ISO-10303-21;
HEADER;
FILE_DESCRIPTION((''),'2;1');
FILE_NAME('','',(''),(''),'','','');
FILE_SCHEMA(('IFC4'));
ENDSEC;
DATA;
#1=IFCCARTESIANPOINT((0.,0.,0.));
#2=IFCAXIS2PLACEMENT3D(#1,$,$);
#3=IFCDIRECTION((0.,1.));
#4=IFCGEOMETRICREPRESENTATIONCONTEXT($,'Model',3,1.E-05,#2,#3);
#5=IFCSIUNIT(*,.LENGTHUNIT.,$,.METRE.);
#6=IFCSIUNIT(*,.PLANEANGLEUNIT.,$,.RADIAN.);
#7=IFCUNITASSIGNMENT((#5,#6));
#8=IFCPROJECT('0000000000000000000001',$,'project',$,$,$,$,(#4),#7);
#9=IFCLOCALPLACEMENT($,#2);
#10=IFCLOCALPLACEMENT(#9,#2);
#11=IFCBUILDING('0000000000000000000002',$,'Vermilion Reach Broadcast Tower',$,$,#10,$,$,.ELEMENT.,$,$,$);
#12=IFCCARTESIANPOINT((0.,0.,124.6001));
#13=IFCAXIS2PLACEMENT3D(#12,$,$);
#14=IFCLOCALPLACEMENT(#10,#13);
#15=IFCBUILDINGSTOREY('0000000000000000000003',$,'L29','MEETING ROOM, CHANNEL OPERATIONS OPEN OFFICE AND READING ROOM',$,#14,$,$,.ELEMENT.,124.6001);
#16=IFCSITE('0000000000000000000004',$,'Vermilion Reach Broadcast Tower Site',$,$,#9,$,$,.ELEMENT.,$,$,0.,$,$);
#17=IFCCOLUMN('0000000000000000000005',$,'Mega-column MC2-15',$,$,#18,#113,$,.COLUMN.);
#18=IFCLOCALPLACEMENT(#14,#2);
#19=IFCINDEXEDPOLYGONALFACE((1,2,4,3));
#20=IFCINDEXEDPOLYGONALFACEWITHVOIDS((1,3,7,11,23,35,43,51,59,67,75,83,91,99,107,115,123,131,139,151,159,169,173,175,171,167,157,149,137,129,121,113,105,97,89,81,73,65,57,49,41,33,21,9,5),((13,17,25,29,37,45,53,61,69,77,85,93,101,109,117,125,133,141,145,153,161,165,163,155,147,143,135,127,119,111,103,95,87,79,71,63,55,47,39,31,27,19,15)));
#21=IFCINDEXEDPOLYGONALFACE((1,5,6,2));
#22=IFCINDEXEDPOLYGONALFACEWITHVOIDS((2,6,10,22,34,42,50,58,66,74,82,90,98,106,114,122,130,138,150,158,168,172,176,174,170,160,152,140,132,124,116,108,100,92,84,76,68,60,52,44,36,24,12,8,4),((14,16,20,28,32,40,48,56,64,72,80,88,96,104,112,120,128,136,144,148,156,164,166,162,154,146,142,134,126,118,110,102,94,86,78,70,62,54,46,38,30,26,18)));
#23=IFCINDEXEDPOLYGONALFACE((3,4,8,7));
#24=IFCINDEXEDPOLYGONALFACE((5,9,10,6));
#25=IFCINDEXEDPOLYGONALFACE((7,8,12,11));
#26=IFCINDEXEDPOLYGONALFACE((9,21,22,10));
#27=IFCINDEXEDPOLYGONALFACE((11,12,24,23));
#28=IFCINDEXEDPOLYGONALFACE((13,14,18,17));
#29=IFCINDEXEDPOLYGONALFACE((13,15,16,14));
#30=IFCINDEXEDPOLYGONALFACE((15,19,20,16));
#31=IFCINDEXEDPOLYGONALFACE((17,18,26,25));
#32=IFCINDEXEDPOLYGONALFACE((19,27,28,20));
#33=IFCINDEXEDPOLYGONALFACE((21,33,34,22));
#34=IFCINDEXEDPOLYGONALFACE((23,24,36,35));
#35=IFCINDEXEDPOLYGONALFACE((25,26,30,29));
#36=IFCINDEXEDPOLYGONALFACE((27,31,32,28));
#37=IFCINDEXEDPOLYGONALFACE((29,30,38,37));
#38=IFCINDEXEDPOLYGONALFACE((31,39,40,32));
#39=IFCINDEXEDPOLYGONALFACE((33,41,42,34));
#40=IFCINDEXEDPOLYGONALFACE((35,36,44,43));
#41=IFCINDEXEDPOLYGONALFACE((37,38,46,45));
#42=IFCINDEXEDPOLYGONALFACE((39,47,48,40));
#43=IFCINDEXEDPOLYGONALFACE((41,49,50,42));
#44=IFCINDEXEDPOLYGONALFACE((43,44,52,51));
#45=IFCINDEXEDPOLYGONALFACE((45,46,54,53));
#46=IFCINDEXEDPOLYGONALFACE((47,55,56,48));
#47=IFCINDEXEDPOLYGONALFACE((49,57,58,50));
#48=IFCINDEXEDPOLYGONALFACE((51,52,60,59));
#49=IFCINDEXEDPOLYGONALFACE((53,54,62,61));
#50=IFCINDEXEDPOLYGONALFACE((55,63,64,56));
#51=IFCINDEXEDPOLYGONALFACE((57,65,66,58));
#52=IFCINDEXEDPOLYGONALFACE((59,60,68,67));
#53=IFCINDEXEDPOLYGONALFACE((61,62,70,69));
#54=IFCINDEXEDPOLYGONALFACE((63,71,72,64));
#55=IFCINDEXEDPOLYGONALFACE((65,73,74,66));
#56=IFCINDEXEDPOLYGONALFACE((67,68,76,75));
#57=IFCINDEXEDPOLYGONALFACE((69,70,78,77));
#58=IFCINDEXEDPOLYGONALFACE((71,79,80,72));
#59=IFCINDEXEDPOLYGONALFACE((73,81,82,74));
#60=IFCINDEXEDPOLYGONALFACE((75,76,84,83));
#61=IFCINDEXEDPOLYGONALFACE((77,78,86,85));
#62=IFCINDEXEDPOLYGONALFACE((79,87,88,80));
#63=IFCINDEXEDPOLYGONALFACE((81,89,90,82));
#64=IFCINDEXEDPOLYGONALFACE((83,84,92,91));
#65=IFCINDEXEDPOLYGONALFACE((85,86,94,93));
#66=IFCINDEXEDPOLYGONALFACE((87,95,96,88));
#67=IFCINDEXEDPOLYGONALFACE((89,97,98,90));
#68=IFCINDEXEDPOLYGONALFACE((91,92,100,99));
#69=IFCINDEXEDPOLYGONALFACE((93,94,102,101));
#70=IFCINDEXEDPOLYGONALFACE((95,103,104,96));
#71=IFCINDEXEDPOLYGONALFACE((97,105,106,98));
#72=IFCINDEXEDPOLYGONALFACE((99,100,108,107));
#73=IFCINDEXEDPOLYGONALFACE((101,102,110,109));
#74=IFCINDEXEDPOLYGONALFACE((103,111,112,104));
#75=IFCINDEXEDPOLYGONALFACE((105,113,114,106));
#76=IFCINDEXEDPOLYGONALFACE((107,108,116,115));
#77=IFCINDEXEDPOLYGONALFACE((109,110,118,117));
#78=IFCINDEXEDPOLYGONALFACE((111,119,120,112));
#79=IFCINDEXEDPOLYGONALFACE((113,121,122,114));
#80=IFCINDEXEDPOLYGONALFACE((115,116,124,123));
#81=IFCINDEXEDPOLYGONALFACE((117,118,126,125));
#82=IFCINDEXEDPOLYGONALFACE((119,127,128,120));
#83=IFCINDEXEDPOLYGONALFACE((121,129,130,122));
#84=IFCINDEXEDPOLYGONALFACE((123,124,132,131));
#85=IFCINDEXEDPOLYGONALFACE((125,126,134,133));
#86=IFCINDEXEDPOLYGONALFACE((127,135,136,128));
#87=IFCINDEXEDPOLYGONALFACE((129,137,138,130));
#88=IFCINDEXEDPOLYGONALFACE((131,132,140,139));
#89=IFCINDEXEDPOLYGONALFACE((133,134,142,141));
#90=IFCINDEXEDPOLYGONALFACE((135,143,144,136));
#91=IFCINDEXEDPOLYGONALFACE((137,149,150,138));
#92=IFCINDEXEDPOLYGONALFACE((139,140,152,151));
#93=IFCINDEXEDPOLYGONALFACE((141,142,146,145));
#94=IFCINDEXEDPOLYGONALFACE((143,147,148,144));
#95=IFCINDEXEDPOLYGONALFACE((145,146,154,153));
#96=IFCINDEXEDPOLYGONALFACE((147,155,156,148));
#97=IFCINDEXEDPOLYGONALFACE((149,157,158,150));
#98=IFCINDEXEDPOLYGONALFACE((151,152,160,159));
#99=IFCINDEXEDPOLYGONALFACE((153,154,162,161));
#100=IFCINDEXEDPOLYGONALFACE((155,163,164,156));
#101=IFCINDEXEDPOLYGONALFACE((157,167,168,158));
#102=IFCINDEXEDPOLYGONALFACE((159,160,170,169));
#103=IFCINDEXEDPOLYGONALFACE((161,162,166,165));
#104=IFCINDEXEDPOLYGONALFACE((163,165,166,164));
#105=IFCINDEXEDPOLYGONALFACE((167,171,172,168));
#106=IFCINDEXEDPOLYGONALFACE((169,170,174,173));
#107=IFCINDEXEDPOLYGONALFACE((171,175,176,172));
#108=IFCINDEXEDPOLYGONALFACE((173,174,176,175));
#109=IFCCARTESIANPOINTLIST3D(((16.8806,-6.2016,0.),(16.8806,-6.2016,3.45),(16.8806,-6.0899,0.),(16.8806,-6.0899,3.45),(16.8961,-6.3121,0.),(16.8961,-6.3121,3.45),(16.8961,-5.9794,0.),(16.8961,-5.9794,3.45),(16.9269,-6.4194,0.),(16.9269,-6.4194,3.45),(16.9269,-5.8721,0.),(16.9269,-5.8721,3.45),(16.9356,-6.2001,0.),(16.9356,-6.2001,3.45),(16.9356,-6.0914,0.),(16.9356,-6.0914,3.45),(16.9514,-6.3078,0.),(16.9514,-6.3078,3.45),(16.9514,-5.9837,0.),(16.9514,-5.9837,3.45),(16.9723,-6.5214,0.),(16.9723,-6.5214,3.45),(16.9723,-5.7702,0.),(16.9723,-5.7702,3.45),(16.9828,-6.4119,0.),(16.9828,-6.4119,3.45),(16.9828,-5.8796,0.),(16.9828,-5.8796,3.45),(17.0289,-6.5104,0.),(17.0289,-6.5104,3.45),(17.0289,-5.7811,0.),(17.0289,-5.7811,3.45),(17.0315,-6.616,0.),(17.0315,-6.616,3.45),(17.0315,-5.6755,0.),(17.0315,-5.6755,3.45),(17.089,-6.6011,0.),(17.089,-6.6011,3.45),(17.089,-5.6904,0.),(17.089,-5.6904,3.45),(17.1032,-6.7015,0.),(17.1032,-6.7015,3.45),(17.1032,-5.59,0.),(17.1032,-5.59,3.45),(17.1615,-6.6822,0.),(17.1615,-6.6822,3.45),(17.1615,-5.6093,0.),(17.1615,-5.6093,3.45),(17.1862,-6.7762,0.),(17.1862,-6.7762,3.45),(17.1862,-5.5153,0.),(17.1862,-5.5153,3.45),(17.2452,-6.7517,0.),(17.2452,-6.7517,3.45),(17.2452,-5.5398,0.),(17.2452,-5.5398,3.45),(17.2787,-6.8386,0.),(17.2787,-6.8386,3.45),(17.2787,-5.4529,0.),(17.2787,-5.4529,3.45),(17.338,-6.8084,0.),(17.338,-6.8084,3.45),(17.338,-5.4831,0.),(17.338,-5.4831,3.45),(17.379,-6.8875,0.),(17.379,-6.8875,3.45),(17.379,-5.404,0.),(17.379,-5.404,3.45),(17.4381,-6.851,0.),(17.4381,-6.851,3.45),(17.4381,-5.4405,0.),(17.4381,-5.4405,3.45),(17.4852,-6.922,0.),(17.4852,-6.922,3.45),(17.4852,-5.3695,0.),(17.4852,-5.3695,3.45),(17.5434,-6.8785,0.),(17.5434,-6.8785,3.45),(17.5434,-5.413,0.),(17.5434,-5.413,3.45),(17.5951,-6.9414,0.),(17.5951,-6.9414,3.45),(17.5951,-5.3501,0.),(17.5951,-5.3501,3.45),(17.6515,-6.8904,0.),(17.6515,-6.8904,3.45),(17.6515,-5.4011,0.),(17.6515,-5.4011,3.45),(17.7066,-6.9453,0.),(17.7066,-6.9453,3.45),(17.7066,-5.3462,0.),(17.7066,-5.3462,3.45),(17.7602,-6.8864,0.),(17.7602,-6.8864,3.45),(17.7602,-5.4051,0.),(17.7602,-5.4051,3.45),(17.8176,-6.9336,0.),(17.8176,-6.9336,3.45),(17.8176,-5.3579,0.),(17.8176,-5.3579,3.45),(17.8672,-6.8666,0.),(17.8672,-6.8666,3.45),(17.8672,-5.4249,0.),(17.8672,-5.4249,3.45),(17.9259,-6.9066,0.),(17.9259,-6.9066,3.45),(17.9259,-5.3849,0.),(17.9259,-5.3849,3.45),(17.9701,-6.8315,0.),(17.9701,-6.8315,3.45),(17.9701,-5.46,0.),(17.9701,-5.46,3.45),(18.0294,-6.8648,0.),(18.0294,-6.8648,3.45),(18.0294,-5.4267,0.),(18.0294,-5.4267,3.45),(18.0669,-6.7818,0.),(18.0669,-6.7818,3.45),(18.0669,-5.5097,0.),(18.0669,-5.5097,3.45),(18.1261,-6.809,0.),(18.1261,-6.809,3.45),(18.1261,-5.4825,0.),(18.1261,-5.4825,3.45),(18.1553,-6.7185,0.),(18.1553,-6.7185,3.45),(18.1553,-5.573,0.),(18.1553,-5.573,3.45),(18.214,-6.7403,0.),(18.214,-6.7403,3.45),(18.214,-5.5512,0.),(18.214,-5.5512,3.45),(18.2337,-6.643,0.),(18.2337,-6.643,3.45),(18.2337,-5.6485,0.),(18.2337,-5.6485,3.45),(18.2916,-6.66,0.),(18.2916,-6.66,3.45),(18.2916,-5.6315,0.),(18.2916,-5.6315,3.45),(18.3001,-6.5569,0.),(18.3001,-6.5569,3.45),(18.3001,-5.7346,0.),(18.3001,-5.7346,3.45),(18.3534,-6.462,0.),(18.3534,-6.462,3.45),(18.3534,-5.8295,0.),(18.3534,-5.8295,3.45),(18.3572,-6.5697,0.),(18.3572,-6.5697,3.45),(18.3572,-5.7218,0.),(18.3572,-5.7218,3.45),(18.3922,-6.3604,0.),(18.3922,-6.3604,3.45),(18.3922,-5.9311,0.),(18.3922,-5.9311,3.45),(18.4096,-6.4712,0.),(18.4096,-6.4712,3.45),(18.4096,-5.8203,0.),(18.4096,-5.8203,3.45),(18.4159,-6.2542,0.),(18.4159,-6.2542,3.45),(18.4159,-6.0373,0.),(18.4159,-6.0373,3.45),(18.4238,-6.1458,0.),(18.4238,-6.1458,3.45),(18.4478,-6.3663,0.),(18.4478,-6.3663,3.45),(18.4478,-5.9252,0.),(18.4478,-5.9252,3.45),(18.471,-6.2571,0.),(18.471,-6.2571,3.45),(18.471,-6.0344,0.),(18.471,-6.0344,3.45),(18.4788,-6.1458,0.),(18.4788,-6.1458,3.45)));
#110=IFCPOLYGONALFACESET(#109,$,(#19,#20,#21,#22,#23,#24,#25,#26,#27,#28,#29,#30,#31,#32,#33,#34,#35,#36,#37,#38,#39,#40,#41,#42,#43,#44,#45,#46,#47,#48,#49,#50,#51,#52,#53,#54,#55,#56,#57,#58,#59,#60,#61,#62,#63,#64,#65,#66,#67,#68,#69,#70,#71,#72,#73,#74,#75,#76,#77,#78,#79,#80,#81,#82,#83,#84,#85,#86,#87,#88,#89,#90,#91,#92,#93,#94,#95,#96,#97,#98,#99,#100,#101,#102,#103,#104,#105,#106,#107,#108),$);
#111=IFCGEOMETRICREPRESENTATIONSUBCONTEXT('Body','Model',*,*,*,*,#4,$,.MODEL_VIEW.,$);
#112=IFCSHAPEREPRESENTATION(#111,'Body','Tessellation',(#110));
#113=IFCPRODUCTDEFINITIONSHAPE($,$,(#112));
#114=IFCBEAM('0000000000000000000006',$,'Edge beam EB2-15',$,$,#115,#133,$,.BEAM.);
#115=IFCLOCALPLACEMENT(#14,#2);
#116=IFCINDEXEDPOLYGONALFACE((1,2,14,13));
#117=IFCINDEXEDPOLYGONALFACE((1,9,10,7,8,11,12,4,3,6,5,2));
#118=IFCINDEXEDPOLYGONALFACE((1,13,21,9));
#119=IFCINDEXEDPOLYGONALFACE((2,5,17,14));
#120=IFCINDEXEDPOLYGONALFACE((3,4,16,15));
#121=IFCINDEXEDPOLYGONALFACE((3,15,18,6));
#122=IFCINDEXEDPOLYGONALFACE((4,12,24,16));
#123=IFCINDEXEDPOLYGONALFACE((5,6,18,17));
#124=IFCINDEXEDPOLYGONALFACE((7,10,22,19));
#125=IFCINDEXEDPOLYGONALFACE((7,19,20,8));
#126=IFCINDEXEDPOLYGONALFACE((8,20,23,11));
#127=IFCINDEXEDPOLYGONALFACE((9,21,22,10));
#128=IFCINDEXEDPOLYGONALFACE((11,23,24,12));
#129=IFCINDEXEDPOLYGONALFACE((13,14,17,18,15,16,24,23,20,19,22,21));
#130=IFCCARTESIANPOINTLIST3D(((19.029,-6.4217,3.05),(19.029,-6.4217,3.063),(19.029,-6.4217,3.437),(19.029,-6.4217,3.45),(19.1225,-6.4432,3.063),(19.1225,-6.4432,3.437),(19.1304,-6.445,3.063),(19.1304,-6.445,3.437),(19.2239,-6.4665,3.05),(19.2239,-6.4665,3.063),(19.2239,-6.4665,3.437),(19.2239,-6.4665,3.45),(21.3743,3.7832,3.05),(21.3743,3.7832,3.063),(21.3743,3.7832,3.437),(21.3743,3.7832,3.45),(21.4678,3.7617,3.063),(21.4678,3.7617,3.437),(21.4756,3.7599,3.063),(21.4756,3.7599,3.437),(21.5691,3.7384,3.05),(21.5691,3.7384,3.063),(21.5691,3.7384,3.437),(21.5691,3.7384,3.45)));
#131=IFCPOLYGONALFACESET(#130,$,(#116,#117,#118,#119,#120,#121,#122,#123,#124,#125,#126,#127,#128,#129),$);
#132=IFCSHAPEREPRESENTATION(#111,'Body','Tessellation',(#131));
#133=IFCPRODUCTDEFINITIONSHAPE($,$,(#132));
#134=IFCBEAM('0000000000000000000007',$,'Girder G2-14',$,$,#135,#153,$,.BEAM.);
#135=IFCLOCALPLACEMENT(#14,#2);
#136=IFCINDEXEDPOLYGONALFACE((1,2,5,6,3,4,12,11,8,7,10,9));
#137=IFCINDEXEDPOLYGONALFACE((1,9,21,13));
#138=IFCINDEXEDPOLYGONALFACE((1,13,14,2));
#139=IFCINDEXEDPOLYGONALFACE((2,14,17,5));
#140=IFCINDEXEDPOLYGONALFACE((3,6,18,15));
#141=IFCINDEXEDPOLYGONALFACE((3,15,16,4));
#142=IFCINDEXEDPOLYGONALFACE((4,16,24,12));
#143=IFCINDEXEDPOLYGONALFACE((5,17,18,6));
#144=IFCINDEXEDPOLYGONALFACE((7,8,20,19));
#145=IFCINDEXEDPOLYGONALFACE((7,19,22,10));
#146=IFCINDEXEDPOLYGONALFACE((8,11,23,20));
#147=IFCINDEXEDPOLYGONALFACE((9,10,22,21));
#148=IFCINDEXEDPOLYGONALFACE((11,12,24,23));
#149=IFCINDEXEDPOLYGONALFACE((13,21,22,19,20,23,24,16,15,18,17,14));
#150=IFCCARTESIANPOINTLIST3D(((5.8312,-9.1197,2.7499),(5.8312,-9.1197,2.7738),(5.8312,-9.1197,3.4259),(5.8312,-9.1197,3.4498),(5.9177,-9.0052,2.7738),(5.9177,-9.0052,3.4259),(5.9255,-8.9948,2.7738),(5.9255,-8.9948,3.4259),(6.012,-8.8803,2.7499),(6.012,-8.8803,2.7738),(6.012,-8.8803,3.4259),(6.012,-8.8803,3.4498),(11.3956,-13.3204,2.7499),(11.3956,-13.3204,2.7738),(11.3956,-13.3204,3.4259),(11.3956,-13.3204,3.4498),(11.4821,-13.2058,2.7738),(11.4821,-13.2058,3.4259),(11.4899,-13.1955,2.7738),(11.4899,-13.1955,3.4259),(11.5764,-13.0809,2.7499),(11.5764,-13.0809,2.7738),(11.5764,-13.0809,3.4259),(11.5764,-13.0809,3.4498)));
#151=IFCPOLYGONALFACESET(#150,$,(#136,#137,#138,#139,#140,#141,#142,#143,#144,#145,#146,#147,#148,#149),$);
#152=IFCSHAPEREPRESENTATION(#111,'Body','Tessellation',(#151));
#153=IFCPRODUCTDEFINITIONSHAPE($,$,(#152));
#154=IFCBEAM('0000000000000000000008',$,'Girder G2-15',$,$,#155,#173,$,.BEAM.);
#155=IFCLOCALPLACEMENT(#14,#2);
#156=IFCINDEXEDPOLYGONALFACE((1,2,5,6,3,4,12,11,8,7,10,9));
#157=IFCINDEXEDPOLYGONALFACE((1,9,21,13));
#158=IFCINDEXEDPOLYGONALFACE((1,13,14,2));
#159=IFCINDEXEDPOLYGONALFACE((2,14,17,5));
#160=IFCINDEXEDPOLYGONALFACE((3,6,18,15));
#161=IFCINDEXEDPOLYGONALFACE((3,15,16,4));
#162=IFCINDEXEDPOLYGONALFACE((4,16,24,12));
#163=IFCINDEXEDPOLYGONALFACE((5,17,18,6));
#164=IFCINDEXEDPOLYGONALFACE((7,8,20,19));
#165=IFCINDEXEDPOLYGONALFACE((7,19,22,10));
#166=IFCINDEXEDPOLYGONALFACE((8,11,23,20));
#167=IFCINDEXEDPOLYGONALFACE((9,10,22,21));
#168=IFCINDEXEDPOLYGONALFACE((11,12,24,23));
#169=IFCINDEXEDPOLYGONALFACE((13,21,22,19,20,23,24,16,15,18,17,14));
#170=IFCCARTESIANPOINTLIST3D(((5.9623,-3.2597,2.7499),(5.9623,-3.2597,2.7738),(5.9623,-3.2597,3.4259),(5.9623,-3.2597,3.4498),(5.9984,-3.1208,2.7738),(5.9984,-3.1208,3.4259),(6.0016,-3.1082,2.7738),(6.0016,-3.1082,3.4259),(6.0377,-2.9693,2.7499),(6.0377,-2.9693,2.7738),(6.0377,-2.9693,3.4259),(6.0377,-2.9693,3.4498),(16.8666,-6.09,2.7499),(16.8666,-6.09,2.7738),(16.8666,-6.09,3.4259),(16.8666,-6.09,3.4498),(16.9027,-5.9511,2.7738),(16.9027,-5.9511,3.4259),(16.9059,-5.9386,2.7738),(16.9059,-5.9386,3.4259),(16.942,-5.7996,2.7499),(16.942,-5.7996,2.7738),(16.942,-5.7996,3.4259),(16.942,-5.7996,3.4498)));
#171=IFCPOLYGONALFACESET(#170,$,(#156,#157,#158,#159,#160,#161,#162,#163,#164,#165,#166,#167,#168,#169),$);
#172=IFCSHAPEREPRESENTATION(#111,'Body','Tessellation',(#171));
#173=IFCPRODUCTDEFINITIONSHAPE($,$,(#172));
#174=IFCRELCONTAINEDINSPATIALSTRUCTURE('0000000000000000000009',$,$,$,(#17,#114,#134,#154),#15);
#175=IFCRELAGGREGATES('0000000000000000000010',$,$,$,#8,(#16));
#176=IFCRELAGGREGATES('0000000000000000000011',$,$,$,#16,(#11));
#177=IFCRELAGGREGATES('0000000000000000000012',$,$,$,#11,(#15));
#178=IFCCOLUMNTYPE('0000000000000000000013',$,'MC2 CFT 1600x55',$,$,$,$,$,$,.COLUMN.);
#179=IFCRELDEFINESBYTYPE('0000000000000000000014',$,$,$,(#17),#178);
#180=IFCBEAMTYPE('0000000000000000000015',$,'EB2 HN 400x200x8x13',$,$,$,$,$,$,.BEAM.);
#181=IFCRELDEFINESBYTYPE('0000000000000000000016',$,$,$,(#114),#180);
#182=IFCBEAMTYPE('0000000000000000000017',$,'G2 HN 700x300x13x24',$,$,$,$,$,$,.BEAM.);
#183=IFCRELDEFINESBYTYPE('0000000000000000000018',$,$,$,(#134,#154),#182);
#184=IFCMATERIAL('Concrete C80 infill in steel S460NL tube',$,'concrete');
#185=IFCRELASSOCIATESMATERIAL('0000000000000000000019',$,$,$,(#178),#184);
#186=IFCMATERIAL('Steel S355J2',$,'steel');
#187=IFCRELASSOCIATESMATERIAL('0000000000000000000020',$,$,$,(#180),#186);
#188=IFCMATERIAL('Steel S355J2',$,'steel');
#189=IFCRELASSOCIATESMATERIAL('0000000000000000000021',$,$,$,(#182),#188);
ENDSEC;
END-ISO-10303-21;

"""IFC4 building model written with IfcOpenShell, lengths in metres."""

from ifc_helpers import new_model, si_unit, direction, frame, origin, origin_2d, place, context, subcontext, project, spatial, hollow_circle, i_section, extrude, material, material_profile, profile_set, type_object, element, save


model = new_model("IFC4")

# Units and contexts
model_context = context("Model", 3, precision=1e-05, world=origin(), true_north=direction((0.0, 1.0)))
body_context = subcontext(model_context, "Body", "Model", "MODEL_VIEW")
ifc_project = project(units=[si_unit("LENGTHUNIT", "METRE"), si_unit("PLANEANGLEUNIT", "RADIAN")], contexts=[model_context])

# Site, building, storey
site_placement = place(None, origin())
site = spatial("IfcSite", under=ifc_project, at=site_placement, Name="Vermilion Reach Broadcast Tower Site", CompositionType="ELEMENT", RefElevation=0.0)
building_placement = place(site_placement, origin())
building = spatial("IfcBuilding", under=site, at=building_placement, Name="Vermilion Reach Broadcast Tower", CompositionType="ELEMENT")
storey_placement = place(building_placement, frame((0.0, 0.0, 124.6001)))
storey = spatial("IfcBuildingStorey", under=building, at=storey_placement, Name="L29", Description="MEETING ROOM, CHANNEL OPERATIONS OPEN OFFICE AND READING ROOM", CompositionType="ELEMENT", Elevation=124.6001)

# Column
ifc_material_1 = material(Name="Concrete C80 infill in steel S460NL tube", Category="concrete")
ifc_material_profile_1 = material_profile(ifc_material_1, hollow_circle(Radius=0.8, WallThickness=0.0549, at=origin_2d()), Name="Concrete C80 infill in steel S460NL tube CFT 1600x55")
ifc_profile_set_1 = profile_set([ifc_material_profile_1], Name="Concrete C80 infill in steel S460NL tube")
column_type = type_object("IfcColumnType", Name="MC2 CFT 1600x55", PredefinedType="COLUMN", material=ifc_profile_set_1)
column_placement = place(storey_placement, frame((17.6787, -6.1458, 0.0), z_axis=(0.0, 0.0, 1.0), x_axis=(1.0, 0.0, 0.0)))
element("IfcColumn", 1, at=column_placement, inside=storey, type_object=column_type, Name="Mega-column MC2-15", PredefinedType="COLUMN", context=body_context, shape_type="SweptSolid", body=[
    extrude(hollow_circle(Radius=0.8, WallThickness=0.0549, at=origin_2d()), origin(), (0.0, 0.0, 1.0), 3.45),
])

# Beams
ifc_material_2 = material(Name="Steel S355J2", Category="steel")
ifc_material_profile_2 = material_profile(ifc_material_2, i_section(OverallWidth=0.2, OverallDepth=0.3999, WebThickness=0.0081, FlangeThickness=0.0129, at=origin_2d()), Name="S355J2 HN 400x200x8x13")
ifc_profile_set_2 = profile_set([ifc_material_profile_2], Name="Steel S355J2")
beam_type_1 = type_object("IfcBeamType", Name="EB2 HN 400x200x8x13", PredefinedType="BEAM", material=ifc_profile_set_2)
beam_1_placement = place(storey_placement, frame((19.1265, -6.4441, 3.25), z_axis=(0.223976, 0.974595, 0.0), x_axis=(-0.974595, 0.223976, 0.0)))
element("IfcBeam", 2, at=beam_1_placement, inside=storey, type_object=beam_type_1, Name="Edge beam EB2-15", PredefinedType="BEAM", context=body_context, shape_type="SweptSolid", body=[
    extrude(i_section(OverallWidth=0.2, OverallDepth=0.3999, WebThickness=0.0081, FlangeThickness=0.0129, at=origin_2d()), origin(), (0.0, 0.0, 1.0), 10.4709),
])
ifc_material_3 = material(Name="Steel S355J2", Category="steel")
ifc_material_profile_3 = material_profile(ifc_material_3, i_section(OverallWidth=0.3, OverallDepth=0.7, WebThickness=0.0129, FlangeThickness=0.0239, at=origin_2d()), Name="S355J2 HN 700x300x13x24")
ifc_profile_set_3 = profile_set([ifc_material_profile_3], Name="Steel S355J2")
beam_type_2 = type_object("IfcBeamType", Name="G2 HN 700x300x13x24", PredefinedType="BEAM", material=ifc_profile_set_3)
beam_2_placement = place(storey_placement, frame((5.9216, -9.0, 3.0999), z_axis=(0.798114, -0.602507, 0.0), x_axis=(0.602507, 0.798114, 0.0)))
element("IfcBeam", 3, at=beam_2_placement, inside=storey, type_object=beam_type_2, Name="Girder G2-14", PredefinedType="BEAM", context=body_context, shape_type="SweptSolid", body=[
    extrude(i_section(OverallWidth=0.3, OverallDepth=0.7, WebThickness=0.0129, FlangeThickness=0.0239, at=origin_2d()), origin(), (0.0, 0.0, 1.0), 6.9719),
])
beam_3_placement = place(storey_placement, frame((6.0, -3.1145, 3.0999), z_axis=(0.967926, -0.251235, 0.0), x_axis=(0.251235, 0.967926, 0.0)))
element("IfcBeam", 4, at=beam_3_placement, inside=storey, type_object=beam_type_2, Name="Girder G2-15", PredefinedType="BEAM", context=body_context, shape_type="SweptSolid", body=[
    extrude(i_section(OverallWidth=0.3, OverallDepth=0.7, WebThickness=0.0129, FlangeThickness=0.0239, at=origin_2d()), origin(), (0.0, 0.0, 1.0), 11.2656),
])

save(model, "model.ifc")
